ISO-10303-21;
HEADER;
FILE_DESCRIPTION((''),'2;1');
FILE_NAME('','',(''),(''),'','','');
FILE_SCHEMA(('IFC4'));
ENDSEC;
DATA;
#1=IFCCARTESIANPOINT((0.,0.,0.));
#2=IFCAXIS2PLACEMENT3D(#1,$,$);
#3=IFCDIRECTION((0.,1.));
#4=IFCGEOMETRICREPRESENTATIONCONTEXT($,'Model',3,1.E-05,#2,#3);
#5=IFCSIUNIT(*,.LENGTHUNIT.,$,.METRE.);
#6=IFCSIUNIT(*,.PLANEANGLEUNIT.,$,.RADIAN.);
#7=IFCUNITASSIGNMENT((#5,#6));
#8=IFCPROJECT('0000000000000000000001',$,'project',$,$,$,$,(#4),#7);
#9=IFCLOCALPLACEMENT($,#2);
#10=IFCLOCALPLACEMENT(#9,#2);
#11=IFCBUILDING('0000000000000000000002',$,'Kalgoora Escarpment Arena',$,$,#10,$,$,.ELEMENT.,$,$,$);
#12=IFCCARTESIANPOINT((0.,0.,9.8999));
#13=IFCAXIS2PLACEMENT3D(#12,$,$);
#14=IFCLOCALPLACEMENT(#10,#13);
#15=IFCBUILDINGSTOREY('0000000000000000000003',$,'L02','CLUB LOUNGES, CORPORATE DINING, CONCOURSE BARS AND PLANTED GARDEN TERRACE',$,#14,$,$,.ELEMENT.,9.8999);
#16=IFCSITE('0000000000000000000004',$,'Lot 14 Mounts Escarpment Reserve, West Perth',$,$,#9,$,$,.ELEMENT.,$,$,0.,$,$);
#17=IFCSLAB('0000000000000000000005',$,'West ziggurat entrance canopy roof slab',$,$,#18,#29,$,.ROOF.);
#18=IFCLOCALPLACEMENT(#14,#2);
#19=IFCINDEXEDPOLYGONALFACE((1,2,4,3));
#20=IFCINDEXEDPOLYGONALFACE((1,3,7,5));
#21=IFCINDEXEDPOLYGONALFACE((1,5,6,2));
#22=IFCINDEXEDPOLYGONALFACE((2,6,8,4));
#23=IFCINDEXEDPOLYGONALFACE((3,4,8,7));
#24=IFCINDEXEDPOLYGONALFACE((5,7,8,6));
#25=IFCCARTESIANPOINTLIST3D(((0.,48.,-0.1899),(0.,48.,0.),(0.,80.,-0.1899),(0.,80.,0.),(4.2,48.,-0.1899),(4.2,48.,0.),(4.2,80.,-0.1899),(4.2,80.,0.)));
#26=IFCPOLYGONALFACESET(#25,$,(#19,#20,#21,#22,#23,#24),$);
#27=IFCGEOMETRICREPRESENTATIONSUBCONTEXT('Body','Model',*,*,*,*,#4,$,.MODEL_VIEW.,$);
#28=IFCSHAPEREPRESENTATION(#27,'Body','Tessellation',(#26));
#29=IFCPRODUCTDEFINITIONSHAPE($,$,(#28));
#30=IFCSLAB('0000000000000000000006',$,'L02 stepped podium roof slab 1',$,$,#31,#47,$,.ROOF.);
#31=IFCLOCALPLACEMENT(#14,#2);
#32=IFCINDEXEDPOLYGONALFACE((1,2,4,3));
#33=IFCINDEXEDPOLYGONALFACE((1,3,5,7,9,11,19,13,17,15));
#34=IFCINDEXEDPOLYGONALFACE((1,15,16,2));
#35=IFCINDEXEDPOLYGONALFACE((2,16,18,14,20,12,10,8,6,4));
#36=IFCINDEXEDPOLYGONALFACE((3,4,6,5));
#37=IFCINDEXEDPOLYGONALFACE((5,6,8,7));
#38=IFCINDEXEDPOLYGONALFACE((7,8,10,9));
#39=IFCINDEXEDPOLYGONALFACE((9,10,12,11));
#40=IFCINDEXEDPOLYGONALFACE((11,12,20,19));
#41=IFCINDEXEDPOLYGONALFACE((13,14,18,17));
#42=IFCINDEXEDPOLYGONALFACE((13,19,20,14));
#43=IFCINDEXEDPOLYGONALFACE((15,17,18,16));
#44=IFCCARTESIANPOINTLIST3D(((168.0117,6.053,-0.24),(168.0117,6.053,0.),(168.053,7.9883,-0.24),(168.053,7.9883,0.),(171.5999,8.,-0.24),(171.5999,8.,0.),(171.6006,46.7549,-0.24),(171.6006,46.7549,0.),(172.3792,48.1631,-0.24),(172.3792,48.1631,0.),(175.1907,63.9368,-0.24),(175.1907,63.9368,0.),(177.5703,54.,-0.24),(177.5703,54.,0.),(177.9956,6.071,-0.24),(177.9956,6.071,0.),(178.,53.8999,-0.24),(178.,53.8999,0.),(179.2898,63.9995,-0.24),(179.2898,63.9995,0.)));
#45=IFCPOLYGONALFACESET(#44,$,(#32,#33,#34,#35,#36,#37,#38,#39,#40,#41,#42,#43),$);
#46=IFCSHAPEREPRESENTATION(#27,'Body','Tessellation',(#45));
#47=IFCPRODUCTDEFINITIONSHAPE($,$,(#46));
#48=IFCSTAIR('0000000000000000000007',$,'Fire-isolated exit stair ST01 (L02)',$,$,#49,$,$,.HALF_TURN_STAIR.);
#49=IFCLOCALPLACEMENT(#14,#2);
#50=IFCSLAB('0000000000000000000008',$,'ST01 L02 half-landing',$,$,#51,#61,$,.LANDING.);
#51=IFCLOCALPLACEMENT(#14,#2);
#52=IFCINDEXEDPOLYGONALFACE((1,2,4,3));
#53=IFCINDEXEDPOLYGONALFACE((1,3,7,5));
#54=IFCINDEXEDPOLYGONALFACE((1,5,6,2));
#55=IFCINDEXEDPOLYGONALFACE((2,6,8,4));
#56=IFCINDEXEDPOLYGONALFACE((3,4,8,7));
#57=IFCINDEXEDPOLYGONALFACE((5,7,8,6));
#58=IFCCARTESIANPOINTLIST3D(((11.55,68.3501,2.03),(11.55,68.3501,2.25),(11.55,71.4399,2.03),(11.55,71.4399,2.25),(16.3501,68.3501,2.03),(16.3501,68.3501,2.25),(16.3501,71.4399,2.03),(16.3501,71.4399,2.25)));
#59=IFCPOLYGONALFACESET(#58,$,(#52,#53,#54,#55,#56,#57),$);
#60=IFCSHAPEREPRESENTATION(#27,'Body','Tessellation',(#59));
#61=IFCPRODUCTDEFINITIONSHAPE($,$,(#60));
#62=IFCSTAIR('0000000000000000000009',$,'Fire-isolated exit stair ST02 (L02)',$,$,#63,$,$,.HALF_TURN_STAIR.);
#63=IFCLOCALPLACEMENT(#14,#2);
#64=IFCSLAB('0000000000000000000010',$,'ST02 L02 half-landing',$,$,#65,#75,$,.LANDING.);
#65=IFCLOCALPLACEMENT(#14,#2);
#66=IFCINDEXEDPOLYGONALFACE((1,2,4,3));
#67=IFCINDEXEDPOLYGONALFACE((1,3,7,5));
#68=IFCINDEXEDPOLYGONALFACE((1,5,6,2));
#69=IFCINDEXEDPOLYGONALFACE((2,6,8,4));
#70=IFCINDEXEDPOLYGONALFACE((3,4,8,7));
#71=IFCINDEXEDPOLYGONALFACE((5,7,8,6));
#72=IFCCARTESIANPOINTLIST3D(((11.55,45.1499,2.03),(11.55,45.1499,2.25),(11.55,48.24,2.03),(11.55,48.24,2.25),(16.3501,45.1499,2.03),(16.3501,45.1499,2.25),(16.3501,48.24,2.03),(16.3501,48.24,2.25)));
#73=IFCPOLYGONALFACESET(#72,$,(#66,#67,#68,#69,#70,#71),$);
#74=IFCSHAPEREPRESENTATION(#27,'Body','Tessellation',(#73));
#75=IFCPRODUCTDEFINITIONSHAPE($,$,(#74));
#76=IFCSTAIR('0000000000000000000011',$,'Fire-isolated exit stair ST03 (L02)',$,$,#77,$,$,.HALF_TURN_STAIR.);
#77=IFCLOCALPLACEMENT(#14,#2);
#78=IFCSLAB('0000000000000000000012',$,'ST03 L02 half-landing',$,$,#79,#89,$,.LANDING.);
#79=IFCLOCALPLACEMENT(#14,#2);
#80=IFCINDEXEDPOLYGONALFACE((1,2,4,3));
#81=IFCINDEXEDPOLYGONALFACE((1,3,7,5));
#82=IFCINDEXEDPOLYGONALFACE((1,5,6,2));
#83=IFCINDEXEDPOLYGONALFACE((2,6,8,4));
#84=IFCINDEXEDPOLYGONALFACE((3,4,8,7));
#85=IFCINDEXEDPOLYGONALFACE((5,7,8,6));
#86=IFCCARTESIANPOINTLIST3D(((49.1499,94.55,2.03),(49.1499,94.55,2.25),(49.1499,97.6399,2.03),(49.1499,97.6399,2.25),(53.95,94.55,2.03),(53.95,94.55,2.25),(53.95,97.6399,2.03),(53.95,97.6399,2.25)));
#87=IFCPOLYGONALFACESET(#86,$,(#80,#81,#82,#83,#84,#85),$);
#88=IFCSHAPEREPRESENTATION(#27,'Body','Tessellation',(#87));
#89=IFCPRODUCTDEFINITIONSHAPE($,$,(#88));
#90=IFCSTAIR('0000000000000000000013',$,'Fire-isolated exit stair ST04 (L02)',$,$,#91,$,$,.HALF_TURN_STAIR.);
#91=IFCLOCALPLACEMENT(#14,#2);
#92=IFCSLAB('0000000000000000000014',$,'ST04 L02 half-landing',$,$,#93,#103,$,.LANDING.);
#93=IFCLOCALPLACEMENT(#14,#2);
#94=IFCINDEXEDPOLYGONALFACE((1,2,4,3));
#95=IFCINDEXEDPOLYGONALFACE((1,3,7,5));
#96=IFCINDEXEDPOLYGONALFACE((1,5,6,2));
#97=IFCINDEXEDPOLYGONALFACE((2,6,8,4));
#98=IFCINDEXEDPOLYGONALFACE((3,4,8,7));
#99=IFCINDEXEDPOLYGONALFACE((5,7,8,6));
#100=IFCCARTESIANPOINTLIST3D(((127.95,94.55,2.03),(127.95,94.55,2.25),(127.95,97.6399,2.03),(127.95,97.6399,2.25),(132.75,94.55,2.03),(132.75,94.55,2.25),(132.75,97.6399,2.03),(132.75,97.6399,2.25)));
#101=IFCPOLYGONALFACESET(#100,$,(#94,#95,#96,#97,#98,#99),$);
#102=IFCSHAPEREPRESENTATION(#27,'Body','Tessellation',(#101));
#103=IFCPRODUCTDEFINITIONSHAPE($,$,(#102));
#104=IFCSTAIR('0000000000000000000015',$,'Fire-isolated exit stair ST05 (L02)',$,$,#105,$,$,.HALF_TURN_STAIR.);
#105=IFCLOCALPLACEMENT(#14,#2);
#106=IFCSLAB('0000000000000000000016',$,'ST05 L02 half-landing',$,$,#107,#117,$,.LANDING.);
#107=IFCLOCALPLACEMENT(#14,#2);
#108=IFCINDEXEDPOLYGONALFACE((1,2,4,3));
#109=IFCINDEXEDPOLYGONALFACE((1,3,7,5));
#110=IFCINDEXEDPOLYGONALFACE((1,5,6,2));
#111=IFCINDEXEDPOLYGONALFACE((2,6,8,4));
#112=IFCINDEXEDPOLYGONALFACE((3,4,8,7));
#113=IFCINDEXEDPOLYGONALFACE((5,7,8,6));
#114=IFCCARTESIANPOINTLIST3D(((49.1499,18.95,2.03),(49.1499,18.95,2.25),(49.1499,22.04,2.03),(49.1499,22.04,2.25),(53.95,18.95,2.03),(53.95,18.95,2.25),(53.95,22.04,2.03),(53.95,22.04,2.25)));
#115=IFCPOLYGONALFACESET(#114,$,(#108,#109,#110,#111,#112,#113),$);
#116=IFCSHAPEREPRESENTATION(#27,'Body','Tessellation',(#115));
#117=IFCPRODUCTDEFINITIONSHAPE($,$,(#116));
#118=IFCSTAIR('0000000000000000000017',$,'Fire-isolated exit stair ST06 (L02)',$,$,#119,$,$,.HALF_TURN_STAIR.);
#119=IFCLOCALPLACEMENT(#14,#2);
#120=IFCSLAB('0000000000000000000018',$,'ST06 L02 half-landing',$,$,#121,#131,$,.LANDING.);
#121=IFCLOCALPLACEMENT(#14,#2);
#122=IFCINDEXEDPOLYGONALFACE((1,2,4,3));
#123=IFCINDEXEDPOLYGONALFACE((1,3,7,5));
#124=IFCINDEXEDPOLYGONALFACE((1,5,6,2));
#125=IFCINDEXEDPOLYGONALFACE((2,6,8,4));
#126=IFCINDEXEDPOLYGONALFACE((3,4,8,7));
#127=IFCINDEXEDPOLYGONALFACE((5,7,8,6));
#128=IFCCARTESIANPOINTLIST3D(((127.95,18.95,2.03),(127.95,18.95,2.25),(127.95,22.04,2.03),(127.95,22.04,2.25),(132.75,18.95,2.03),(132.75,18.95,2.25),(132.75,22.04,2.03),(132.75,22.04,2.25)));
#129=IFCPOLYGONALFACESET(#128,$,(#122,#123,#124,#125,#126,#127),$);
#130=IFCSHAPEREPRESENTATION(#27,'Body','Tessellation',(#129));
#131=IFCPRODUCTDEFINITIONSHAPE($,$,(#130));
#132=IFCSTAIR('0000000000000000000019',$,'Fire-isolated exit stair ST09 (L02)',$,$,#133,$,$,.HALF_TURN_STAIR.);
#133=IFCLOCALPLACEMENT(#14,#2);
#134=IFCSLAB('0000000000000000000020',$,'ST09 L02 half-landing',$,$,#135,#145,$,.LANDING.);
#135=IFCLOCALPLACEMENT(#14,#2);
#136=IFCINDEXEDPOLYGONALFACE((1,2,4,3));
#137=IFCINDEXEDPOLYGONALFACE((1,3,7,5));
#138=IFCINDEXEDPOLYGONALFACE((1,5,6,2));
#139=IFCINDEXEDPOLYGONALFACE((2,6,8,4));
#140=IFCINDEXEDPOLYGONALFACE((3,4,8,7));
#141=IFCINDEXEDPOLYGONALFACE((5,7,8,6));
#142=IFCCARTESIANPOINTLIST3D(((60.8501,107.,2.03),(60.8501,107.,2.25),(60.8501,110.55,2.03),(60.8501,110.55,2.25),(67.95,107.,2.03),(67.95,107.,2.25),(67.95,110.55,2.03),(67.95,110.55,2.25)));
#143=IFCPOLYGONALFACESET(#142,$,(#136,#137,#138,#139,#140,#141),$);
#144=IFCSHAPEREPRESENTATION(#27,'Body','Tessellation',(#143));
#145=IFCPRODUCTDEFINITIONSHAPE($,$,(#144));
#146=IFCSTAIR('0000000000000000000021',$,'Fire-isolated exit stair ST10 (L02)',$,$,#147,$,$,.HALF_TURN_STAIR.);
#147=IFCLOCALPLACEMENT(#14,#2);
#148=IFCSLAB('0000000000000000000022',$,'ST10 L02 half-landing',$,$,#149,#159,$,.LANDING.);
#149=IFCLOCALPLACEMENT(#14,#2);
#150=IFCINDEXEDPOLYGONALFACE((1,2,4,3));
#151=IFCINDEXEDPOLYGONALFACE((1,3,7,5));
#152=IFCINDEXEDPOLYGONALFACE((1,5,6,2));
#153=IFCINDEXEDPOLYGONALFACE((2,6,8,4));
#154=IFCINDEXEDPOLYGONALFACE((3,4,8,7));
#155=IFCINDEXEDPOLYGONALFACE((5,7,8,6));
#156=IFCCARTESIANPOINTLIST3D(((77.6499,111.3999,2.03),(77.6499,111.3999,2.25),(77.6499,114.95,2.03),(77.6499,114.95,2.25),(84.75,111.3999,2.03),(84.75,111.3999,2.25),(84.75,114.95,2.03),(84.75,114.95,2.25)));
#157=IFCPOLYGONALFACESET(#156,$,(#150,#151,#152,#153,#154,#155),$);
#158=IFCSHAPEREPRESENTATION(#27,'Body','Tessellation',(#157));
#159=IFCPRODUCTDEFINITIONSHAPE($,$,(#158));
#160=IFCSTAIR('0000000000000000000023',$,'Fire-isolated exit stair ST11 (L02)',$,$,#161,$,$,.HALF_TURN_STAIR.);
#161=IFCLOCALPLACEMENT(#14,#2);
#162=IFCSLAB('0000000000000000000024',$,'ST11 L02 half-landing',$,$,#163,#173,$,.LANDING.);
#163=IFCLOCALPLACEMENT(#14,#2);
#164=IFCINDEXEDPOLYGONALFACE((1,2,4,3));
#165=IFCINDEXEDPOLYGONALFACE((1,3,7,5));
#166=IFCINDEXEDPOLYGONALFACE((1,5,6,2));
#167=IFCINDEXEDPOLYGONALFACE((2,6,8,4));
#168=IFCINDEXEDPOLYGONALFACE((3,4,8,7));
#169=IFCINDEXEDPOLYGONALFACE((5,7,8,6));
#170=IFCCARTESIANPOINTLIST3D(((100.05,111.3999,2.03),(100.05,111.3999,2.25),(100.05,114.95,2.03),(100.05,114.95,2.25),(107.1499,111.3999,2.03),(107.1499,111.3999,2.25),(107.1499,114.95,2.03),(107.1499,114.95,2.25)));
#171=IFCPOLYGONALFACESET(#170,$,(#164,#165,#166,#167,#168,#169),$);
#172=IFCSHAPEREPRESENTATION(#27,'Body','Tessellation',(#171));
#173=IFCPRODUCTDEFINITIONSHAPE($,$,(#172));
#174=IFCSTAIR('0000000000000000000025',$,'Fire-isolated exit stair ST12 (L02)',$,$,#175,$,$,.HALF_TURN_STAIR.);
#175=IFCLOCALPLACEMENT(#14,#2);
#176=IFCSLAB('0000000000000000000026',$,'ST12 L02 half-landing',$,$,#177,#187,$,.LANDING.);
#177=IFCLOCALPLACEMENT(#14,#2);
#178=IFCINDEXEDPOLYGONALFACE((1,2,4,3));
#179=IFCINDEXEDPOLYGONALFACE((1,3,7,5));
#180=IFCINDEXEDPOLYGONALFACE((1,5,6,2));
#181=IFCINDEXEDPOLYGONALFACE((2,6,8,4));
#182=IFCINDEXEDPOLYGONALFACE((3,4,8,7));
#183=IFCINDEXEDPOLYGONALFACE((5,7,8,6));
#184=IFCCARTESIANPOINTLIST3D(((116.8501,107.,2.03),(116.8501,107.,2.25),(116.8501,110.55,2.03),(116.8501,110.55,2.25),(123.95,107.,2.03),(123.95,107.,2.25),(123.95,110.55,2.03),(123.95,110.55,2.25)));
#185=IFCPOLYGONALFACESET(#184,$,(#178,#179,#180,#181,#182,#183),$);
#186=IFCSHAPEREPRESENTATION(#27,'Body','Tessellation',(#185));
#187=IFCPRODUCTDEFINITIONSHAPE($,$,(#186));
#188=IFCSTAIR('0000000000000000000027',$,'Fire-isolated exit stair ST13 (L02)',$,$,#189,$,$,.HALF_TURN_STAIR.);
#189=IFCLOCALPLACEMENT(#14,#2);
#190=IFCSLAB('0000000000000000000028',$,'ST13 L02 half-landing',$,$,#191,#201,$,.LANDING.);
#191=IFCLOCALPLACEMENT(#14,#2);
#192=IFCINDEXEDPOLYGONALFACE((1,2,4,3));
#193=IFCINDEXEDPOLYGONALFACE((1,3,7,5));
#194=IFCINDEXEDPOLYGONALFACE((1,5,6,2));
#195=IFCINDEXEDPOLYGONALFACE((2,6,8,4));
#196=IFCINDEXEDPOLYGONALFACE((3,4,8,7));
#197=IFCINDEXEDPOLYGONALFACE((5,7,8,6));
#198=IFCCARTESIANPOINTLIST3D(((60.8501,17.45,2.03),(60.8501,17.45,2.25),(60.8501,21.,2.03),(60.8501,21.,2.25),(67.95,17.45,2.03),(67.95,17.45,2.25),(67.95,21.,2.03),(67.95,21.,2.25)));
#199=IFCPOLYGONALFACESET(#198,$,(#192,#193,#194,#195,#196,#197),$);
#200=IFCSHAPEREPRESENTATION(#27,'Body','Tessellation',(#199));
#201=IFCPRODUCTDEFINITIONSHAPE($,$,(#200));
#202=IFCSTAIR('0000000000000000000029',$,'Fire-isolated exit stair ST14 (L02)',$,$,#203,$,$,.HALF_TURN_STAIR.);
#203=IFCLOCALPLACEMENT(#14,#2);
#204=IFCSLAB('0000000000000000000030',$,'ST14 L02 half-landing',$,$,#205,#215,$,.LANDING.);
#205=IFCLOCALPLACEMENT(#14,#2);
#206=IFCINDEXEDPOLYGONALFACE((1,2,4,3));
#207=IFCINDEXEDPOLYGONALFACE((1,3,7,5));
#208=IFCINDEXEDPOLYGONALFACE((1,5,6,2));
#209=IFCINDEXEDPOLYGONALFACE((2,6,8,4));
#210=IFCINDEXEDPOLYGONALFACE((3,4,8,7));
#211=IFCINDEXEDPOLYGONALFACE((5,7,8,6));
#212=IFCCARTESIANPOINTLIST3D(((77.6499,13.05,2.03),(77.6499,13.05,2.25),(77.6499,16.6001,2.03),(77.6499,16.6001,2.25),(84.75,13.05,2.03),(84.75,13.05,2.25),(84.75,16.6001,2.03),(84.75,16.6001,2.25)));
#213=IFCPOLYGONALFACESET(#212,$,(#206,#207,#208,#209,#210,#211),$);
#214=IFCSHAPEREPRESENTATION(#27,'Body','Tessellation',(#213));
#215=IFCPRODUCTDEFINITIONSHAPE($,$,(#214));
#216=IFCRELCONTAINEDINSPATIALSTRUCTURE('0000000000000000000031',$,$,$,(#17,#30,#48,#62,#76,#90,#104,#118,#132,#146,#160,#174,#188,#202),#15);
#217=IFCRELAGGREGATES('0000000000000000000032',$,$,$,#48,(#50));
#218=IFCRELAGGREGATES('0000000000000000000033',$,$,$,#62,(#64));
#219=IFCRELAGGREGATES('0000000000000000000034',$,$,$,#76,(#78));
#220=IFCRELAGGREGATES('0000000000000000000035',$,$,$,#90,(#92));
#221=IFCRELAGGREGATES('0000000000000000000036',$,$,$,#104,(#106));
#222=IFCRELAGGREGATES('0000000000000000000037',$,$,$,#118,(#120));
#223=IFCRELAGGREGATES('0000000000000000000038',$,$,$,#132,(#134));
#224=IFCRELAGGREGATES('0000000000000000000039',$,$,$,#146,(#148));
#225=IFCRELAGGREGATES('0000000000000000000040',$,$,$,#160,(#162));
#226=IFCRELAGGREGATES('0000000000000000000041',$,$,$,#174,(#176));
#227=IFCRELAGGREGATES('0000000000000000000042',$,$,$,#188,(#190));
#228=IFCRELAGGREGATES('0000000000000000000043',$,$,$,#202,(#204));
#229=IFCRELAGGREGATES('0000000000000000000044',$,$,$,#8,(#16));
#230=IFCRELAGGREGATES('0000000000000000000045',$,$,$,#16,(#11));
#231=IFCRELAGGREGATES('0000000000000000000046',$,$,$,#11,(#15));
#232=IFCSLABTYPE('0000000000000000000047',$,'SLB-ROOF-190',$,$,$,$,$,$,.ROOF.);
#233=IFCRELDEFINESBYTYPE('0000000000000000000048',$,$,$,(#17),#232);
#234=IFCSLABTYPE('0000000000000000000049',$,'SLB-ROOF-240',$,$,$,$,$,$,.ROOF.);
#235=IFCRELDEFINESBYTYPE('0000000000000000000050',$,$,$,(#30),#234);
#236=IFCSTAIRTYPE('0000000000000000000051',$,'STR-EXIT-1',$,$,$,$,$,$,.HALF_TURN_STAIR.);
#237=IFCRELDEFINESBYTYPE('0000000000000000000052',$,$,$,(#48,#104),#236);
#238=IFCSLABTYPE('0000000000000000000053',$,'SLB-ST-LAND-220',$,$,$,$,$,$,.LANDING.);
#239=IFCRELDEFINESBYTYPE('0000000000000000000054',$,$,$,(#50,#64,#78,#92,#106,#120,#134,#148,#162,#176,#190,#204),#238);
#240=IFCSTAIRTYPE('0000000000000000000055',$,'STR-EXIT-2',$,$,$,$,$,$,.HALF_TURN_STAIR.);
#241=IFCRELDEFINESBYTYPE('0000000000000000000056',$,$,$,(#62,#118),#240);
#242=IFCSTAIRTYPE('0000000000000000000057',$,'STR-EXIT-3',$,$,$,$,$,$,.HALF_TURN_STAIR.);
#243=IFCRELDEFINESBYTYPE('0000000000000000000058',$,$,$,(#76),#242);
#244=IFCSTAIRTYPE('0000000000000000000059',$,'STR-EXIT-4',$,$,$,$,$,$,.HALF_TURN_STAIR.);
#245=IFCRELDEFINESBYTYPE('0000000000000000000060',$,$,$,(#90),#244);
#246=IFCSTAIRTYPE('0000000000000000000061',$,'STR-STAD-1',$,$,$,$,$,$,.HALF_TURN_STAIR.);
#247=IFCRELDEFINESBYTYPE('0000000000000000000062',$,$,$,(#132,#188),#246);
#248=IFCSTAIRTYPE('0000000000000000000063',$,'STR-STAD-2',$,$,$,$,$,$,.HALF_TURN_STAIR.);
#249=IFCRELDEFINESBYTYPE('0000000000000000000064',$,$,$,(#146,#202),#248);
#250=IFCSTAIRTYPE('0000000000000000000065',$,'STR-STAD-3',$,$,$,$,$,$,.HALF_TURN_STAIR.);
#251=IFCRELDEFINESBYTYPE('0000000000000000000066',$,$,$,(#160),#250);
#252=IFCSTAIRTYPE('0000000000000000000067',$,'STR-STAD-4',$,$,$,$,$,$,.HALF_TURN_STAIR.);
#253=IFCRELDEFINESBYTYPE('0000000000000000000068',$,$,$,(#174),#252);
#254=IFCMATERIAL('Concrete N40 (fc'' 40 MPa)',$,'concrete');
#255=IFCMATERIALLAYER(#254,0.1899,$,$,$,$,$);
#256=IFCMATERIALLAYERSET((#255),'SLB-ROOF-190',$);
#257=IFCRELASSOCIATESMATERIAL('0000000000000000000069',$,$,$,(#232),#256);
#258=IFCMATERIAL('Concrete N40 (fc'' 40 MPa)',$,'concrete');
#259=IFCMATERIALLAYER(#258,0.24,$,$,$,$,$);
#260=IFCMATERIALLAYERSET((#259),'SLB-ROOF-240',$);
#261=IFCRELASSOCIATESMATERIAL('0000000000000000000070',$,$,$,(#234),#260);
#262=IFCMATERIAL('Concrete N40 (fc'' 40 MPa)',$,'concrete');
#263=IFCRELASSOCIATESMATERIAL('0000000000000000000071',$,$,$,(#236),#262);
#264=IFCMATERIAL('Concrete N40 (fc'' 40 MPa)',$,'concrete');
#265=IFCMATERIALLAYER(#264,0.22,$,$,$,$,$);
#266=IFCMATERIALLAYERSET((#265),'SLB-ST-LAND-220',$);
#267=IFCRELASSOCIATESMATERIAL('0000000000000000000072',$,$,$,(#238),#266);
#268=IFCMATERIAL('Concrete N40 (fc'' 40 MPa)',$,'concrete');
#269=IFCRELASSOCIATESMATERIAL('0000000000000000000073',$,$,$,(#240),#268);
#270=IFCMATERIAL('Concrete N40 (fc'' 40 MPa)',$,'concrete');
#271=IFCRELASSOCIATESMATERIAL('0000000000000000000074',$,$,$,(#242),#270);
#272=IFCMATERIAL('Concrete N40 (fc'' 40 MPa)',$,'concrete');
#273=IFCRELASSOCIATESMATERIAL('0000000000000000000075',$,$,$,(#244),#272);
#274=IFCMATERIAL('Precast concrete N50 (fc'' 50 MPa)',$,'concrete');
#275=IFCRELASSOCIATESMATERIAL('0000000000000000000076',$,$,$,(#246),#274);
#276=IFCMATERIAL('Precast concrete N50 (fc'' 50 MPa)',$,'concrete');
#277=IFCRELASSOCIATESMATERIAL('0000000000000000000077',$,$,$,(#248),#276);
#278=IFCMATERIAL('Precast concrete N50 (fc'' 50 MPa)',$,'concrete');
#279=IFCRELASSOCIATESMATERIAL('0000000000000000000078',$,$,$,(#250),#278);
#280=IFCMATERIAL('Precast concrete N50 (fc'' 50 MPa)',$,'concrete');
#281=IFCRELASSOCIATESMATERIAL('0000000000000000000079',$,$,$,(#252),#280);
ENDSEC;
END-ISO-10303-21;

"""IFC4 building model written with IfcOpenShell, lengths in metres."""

from ifc_helpers import new_model, si_unit, direction, frame, origin, place, context, subcontext, project, spatial, polyline, outline, extrude, material, layer, layer_set, type_object, element, aggregate, save


model = new_model("IFC4")

# Units and contexts
model_context = context("Model", 3, precision=1e-05, world=origin(), true_north=direction((0.0, 1.0)))
body_context = subcontext(model_context, "Body", "Model", "MODEL_VIEW")
ifc_project = project(units=[si_unit("LENGTHUNIT", "METRE"), si_unit("PLANEANGLEUNIT", "RADIAN")], contexts=[model_context])

# Site, building, storey
site_placement = place(None, origin())
site = spatial("IfcSite", under=ifc_project, at=site_placement, Name="Lot 14 Mounts Escarpment Reserve, West Perth", CompositionType="ELEMENT", RefElevation=0.0)
building_placement = place(site_placement, origin())
building = spatial("IfcBuilding", under=site, at=building_placement, Name="Kalgoora Escarpment Arena", CompositionType="ELEMENT")
storey_placement = place(building_placement, frame((0.0, 0.0, 9.8999)))
storey = spatial("IfcBuildingStorey", under=building, at=storey_placement, Name="L02", Description="CLUB LOUNGES, CORPORATE DINING, CONCOURSE BARS AND PLANTED GARDEN TERRACE", CompositionType="ELEMENT", Elevation=9.8999)

# Slabs
ifc_material_1 = material(Name="Concrete N40 (fc' 40 MPa)", Category="concrete")
ifc_layer_1 = layer(ifc_material_1, 0.1899)
ifc_layer_set_1 = layer_set([ifc_layer_1], Name="SLB-ROOF-190")
slab_type_1 = type_object("IfcSlabType", Name="SLB-ROOF-190", PredefinedType="ROOF", material=ifc_layer_set_1)
slab_1_placement = place(storey_placement, frame((0.0, 0.0, -0.1899)))
element("IfcSlab", 1, at=slab_1_placement, inside=storey, type_object=slab_type_1, Name="West ziggurat entrance canopy roof slab", PredefinedType="ROOF", context=body_context, shape_type="SweptSolid", body=[
    extrude(outline(polyline([(4.2, 48.0), (4.2, 80.0), (0.0, 80.0), (0.0, 48.0), (4.2, 48.0)])), origin(), (0.0, 0.0, 1.0), 0.1899),
])
ifc_material_2 = material(Name="Concrete N40 (fc' 40 MPa)", Category="concrete")
ifc_layer_2 = layer(ifc_material_2, 0.24)
ifc_layer_set_2 = layer_set([ifc_layer_2], Name="SLB-ROOF-240")
slab_type_2 = type_object("IfcSlabType", Name="SLB-ROOF-240", PredefinedType="ROOF", material=ifc_layer_set_2)
slab_2_placement = place(storey_placement, frame((0.0, 0.0, -0.24)))
element("IfcSlab", 2, at=slab_2_placement, inside=storey, type_object=slab_type_2, Name="L02 stepped podium roof slab 1", PredefinedType="ROOF", context=body_context, shape_type="SweptSolid", body=[
    extrude(outline(polyline([(171.5999, 8.0), (171.6006, 46.7549), (172.3792, 48.1631), (175.1907, 63.9368), (179.2898, 63.9995), (177.5703, 54.0), (178.0, 53.8999), (177.9956, 6.071), (168.0117, 6.053), (168.053, 7.9883), (171.5999, 8.0)])), origin(), (0.0, 0.0, 1.0), 0.24),
])

# Stairs, slabs
ifc_material_3 = material(Name="Concrete N40 (fc' 40 MPa)", Category="concrete")
stair_type_1 = type_object("IfcStairType", Name="STR-EXIT-1", PredefinedType="HALF_TURN_STAIR", material=ifc_material_3)
stair_1_placement = place(storey_placement, origin())
stair_1 = element("IfcStair", 3, at=stair_1_placement, inside=storey, type_object=stair_type_1, Name="Fire-isolated exit stair ST01 (L02)", PredefinedType="HALF_TURN_STAIR")
ifc_material_4 = material(Name="Concrete N40 (fc' 40 MPa)", Category="concrete")
ifc_layer_3 = layer(ifc_material_4, 0.22)
ifc_layer_set_3 = layer_set([ifc_layer_3], Name="SLB-ST-LAND-220")
slab_type_3 = type_object("IfcSlabType", Name="SLB-ST-LAND-220", PredefinedType="LANDING", material=ifc_layer_set_3)
slab_3_placement = place(storey_placement, frame((0.0, 0.0, 2.03)))
slab_3 = element("IfcSlab", 4, at=slab_3_placement, type_object=slab_type_3, Name="ST01 L02 half-landing", PredefinedType="LANDING", context=body_context, shape_type="SweptSolid", body=[
    extrude(outline(polyline([(16.3501, 71.4399), (16.3501, 68.3501), (11.55, 68.3501), (11.55, 71.4399), (16.3501, 71.4399)])), origin(), (0.0, 0.0, 1.0), 0.22),
])
aggregate(stair_1, [slab_3])
ifc_material_5 = material(Name="Concrete N40 (fc' 40 MPa)", Category="concrete")
stair_type_2 = type_object("IfcStairType", Name="STR-EXIT-2", PredefinedType="HALF_TURN_STAIR", material=ifc_material_5)
stair_2_placement = place(storey_placement, origin())
stair_2 = element("IfcStair", 5, at=stair_2_placement, inside=storey, type_object=stair_type_2, Name="Fire-isolated exit stair ST02 (L02)", PredefinedType="HALF_TURN_STAIR")
slab_4_placement = place(storey_placement, frame((0.0, 0.0, 2.03)))
slab_4 = element("IfcSlab", 6, at=slab_4_placement, type_object=slab_type_3, Name="ST02 L02 half-landing", PredefinedType="LANDING", context=body_context, shape_type="SweptSolid", body=[
    extrude(outline(polyline([(16.3501, 48.24), (16.3501, 45.1499), (11.55, 45.1499), (11.55, 48.24), (16.3501, 48.24)])), origin(), (0.0, 0.0, 1.0), 0.22),
])
aggregate(stair_2, [slab_4])
ifc_material_6 = material(Name="Concrete N40 (fc' 40 MPa)", Category="concrete")
stair_type_3 = type_object("IfcStairType", Name="STR-EXIT-3", PredefinedType="HALF_TURN_STAIR", material=ifc_material_6)
stair_3_placement = place(storey_placement, origin())
stair_3 = element("IfcStair", 7, at=stair_3_placement, inside=storey, type_object=stair_type_3, Name="Fire-isolated exit stair ST03 (L02)", PredefinedType="HALF_TURN_STAIR")
slab_5_placement = place(storey_placement, frame((0.0, 0.0, 2.03)))
slab_5 = element("IfcSlab", 8, at=slab_5_placement, type_object=slab_type_3, Name="ST03 L02 half-landing", PredefinedType="LANDING", context=body_context, shape_type="SweptSolid", body=[
    extrude(outline(polyline([(53.95, 97.6399), (53.95, 94.55), (49.1499, 94.55), (49.1499, 97.6399), (53.95, 97.6399)])), origin(), (0.0, 0.0, 1.0), 0.22),
])
aggregate(stair_3, [slab_5])
ifc_material_7 = material(Name="Concrete N40 (fc' 40 MPa)", Category="concrete")
stair_type_4 = type_object("IfcStairType", Name="STR-EXIT-4", PredefinedType="HALF_TURN_STAIR", material=ifc_material_7)
stair_4_placement = place(storey_placement, origin())
stair_4 = element("IfcStair", 9, at=stair_4_placement, inside=storey, type_object=stair_type_4, Name="Fire-isolated exit stair ST04 (L02)", PredefinedType="HALF_TURN_STAIR")
slab_6_placement = place(storey_placement, frame((0.0, 0.0, 2.03)))
slab_6 = element("IfcSlab", 10, at=slab_6_placement, type_object=slab_type_3, Name="ST04 L02 half-landing", PredefinedType="LANDING", context=body_context, shape_type="SweptSolid", body=[
    extrude(outline(polyline([(132.75, 97.6399), (132.75, 94.55), (127.95, 94.55), (127.95, 97.6399), (132.75, 97.6399)])), origin(), (0.0, 0.0, 1.0), 0.22),
])
aggregate(stair_4, [slab_6])
stair_5_placement = place(storey_placement, origin())
stair_5 = element("IfcStair", 11, at=stair_5_placement, inside=storey, type_object=stair_type_1, Name="Fire-isolated exit stair ST05 (L02)", PredefinedType="HALF_TURN_STAIR")
slab_7_placement = place(storey_placement, frame((0.0, 0.0, 2.03)))
slab_7 = element("IfcSlab", 12, at=slab_7_placement, type_object=slab_type_3, Name="ST05 L02 half-landing", PredefinedType="LANDING", context=body_context, shape_type="SweptSolid", body=[
    extrude(outline(polyline([(53.95, 22.04), (53.95, 18.95), (49.1499, 18.95), (49.1499, 22.04), (53.95, 22.04)])), origin(), (0.0, 0.0, 1.0), 0.22),
])
aggregate(stair_5, [slab_7])
stair_6_placement = place(storey_placement, origin())
stair_6 = element("IfcStair", 13, at=stair_6_placement, inside=storey, type_object=stair_type_2, Name="Fire-isolated exit stair ST06 (L02)", PredefinedType="HALF_TURN_STAIR")
slab_8_placement = place(storey_placement, frame((0.0, 0.0, 2.03)))
slab_8 = element("IfcSlab", 14, at=slab_8_placement, type_object=slab_type_3, Name="ST06 L02 half-landing", PredefinedType="LANDING", context=body_context, shape_type="SweptSolid", body=[
    extrude(outline(polyline([(132.75, 22.04), (132.75, 18.95), (127.95, 18.95), (127.95, 22.04), (132.75, 22.04)])), origin(), (0.0, 0.0, 1.0), 0.22),
])
aggregate(stair_6, [slab_8])
ifc_material_8 = material(Name="Precast concrete N50 (fc' 50 MPa)", Category="concrete")
stair_type_5 = type_object("IfcStairType", Name="STR-STAD-1", PredefinedType="HALF_TURN_STAIR", material=ifc_material_8)
stair_7_placement = place(storey_placement, origin())
stair_7 = element("IfcStair", 15, at=stair_7_placement, inside=storey, type_object=stair_type_5, Name="Fire-isolated exit stair ST09 (L02)", PredefinedType="HALF_TURN_STAIR")
slab_9_placement = place(storey_placement, frame((0.0, 0.0, 2.03)))
slab_9 = element("IfcSlab", 16, at=slab_9_placement, type_object=slab_type_3, Name="ST09 L02 half-landing", PredefinedType="LANDING", context=body_context, shape_type="SweptSolid", body=[
    extrude(outline(polyline([(60.8501, 107.0), (60.8501, 110.55), (67.95, 110.55), (67.95, 107.0), (60.8501, 107.0)])), origin(), (0.0, 0.0, 1.0), 0.22),
])
aggregate(stair_7, [slab_9])
ifc_material_9 = material(Name="Precast concrete N50 (fc' 50 MPa)", Category="concrete")
stair_type_6 = type_object("IfcStairType", Name="STR-STAD-2", PredefinedType="HALF_TURN_STAIR", material=ifc_material_9)
stair_8_placement = place(storey_placement, origin())
stair_8 = element("IfcStair", 17, at=stair_8_placement, inside=storey, type_object=stair_type_6, Name="Fire-isolated exit stair ST10 (L02)", PredefinedType="HALF_TURN_STAIR")
slab_10_placement = place(storey_placement, frame((0.0, 0.0, 2.03)))
slab_10 = element("IfcSlab", 18, at=slab_10_placement, type_object=slab_type_3, Name="ST10 L02 half-landing", PredefinedType="LANDING", context=body_context, shape_type="SweptSolid", body=[
    extrude(outline(polyline([(77.6499, 111.3999), (77.6499, 114.95), (84.75, 114.95), (84.75, 111.3999), (77.6499, 111.3999)])), origin(), (0.0, 0.0, 1.0), 0.22),
])
aggregate(stair_8, [slab_10])
ifc_material_10 = material(Name="Precast concrete N50 (fc' 50 MPa)", Category="concrete")
stair_type_7 = type_object("IfcStairType", Name="STR-STAD-3", PredefinedType="HALF_TURN_STAIR", material=ifc_material_10)
stair_9_placement = place(storey_placement, origin())
stair_9 = element("IfcStair", 19, at=stair_9_placement, inside=storey, type_object=stair_type_7, Name="Fire-isolated exit stair ST11 (L02)", PredefinedType="HALF_TURN_STAIR")
slab_11_placement = place(storey_placement, frame((0.0, 0.0, 2.03)))
slab_11 = element("IfcSlab", 20, at=slab_11_placement, type_object=slab_type_3, Name="ST11 L02 half-landing", PredefinedType="LANDING", context=body_context, shape_type="SweptSolid", body=[
    extrude(outline(polyline([(100.05, 111.3999), (100.05, 114.95), (107.1499, 114.95), (107.1499, 111.3999), (100.05, 111.3999)])), origin(), (0.0, 0.0, 1.0), 0.22),
])
aggregate(stair_9, [slab_11])
ifc_material_11 = material(Name="Precast concrete N50 (fc' 50 MPa)", Category="concrete")
stair_type_8 = type_object("IfcStairType", Name="STR-STAD-4", PredefinedType="HALF_TURN_STAIR", material=ifc_material_11)
stair_10_placement = place(storey_placement, origin())
stair_10 = element("IfcStair", 21, at=stair_10_placement, inside=storey, type_object=stair_type_8, Name="Fire-isolated exit stair ST12 (L02)", PredefinedType="HALF_TURN_STAIR")
slab_12_placement = place(storey_placement, frame((0.0, 0.0, 2.03)))
slab_12 = element("IfcSlab", 22, at=slab_12_placement, type_object=slab_type_3, Name="ST12 L02 half-landing", PredefinedType="LANDING", context=body_context, shape_type="SweptSolid", body=[
    extrude(outline(polyline([(116.8501, 107.0), (116.8501, 110.55), (123.95, 110.55), (123.95, 107.0), (116.8501, 107.0)])), origin(), (0.0, 0.0, 1.0), 0.22),
])
aggregate(stair_10, [slab_12])
stair_11_placement = place(storey_placement, origin())
stair_11 = element("IfcStair", 23, at=stair_11_placement, inside=storey, type_object=stair_type_5, Name="Fire-isolated exit stair ST13 (L02)", PredefinedType="HALF_TURN_STAIR")
slab_13_placement = place(storey_placement, frame((0.0, 0.0, 2.03)))
slab_13 = element("IfcSlab", 24, at=slab_13_placement, type_object=slab_type_3, Name="ST13 L02 half-landing", PredefinedType="LANDING", context=body_context, shape_type="SweptSolid", body=[
    extrude(outline(polyline([(67.95, 21.0), (67.95, 17.45), (60.8501, 17.45), (60.8501, 21.0), (67.95, 21.0)])), origin(), (0.0, 0.0, 1.0), 0.22),
])
aggregate(stair_11, [slab_13])
stair_12_placement = place(storey_placement, origin())
stair_12 = element("IfcStair", 25, at=stair_12_placement, inside=storey, type_object=stair_type_6, Name="Fire-isolated exit stair ST14 (L02)", PredefinedType="HALF_TURN_STAIR")
slab_14_placement = place(storey_placement, frame((0.0, 0.0, 2.03)))
slab_14 = element("IfcSlab", 26, at=slab_14_placement, type_object=slab_type_3, Name="ST14 L02 half-landing", PredefinedType="LANDING", context=body_context, shape_type="SweptSolid", body=[
    extrude(outline(polyline([(84.75, 16.6001), (84.75, 13.05), (77.6499, 13.05), (77.6499, 16.6001), (84.75, 16.6001)])), origin(), (0.0, 0.0, 1.0), 0.22),
])
aggregate(stair_12, [slab_14])

save(model, "model.ifc")
